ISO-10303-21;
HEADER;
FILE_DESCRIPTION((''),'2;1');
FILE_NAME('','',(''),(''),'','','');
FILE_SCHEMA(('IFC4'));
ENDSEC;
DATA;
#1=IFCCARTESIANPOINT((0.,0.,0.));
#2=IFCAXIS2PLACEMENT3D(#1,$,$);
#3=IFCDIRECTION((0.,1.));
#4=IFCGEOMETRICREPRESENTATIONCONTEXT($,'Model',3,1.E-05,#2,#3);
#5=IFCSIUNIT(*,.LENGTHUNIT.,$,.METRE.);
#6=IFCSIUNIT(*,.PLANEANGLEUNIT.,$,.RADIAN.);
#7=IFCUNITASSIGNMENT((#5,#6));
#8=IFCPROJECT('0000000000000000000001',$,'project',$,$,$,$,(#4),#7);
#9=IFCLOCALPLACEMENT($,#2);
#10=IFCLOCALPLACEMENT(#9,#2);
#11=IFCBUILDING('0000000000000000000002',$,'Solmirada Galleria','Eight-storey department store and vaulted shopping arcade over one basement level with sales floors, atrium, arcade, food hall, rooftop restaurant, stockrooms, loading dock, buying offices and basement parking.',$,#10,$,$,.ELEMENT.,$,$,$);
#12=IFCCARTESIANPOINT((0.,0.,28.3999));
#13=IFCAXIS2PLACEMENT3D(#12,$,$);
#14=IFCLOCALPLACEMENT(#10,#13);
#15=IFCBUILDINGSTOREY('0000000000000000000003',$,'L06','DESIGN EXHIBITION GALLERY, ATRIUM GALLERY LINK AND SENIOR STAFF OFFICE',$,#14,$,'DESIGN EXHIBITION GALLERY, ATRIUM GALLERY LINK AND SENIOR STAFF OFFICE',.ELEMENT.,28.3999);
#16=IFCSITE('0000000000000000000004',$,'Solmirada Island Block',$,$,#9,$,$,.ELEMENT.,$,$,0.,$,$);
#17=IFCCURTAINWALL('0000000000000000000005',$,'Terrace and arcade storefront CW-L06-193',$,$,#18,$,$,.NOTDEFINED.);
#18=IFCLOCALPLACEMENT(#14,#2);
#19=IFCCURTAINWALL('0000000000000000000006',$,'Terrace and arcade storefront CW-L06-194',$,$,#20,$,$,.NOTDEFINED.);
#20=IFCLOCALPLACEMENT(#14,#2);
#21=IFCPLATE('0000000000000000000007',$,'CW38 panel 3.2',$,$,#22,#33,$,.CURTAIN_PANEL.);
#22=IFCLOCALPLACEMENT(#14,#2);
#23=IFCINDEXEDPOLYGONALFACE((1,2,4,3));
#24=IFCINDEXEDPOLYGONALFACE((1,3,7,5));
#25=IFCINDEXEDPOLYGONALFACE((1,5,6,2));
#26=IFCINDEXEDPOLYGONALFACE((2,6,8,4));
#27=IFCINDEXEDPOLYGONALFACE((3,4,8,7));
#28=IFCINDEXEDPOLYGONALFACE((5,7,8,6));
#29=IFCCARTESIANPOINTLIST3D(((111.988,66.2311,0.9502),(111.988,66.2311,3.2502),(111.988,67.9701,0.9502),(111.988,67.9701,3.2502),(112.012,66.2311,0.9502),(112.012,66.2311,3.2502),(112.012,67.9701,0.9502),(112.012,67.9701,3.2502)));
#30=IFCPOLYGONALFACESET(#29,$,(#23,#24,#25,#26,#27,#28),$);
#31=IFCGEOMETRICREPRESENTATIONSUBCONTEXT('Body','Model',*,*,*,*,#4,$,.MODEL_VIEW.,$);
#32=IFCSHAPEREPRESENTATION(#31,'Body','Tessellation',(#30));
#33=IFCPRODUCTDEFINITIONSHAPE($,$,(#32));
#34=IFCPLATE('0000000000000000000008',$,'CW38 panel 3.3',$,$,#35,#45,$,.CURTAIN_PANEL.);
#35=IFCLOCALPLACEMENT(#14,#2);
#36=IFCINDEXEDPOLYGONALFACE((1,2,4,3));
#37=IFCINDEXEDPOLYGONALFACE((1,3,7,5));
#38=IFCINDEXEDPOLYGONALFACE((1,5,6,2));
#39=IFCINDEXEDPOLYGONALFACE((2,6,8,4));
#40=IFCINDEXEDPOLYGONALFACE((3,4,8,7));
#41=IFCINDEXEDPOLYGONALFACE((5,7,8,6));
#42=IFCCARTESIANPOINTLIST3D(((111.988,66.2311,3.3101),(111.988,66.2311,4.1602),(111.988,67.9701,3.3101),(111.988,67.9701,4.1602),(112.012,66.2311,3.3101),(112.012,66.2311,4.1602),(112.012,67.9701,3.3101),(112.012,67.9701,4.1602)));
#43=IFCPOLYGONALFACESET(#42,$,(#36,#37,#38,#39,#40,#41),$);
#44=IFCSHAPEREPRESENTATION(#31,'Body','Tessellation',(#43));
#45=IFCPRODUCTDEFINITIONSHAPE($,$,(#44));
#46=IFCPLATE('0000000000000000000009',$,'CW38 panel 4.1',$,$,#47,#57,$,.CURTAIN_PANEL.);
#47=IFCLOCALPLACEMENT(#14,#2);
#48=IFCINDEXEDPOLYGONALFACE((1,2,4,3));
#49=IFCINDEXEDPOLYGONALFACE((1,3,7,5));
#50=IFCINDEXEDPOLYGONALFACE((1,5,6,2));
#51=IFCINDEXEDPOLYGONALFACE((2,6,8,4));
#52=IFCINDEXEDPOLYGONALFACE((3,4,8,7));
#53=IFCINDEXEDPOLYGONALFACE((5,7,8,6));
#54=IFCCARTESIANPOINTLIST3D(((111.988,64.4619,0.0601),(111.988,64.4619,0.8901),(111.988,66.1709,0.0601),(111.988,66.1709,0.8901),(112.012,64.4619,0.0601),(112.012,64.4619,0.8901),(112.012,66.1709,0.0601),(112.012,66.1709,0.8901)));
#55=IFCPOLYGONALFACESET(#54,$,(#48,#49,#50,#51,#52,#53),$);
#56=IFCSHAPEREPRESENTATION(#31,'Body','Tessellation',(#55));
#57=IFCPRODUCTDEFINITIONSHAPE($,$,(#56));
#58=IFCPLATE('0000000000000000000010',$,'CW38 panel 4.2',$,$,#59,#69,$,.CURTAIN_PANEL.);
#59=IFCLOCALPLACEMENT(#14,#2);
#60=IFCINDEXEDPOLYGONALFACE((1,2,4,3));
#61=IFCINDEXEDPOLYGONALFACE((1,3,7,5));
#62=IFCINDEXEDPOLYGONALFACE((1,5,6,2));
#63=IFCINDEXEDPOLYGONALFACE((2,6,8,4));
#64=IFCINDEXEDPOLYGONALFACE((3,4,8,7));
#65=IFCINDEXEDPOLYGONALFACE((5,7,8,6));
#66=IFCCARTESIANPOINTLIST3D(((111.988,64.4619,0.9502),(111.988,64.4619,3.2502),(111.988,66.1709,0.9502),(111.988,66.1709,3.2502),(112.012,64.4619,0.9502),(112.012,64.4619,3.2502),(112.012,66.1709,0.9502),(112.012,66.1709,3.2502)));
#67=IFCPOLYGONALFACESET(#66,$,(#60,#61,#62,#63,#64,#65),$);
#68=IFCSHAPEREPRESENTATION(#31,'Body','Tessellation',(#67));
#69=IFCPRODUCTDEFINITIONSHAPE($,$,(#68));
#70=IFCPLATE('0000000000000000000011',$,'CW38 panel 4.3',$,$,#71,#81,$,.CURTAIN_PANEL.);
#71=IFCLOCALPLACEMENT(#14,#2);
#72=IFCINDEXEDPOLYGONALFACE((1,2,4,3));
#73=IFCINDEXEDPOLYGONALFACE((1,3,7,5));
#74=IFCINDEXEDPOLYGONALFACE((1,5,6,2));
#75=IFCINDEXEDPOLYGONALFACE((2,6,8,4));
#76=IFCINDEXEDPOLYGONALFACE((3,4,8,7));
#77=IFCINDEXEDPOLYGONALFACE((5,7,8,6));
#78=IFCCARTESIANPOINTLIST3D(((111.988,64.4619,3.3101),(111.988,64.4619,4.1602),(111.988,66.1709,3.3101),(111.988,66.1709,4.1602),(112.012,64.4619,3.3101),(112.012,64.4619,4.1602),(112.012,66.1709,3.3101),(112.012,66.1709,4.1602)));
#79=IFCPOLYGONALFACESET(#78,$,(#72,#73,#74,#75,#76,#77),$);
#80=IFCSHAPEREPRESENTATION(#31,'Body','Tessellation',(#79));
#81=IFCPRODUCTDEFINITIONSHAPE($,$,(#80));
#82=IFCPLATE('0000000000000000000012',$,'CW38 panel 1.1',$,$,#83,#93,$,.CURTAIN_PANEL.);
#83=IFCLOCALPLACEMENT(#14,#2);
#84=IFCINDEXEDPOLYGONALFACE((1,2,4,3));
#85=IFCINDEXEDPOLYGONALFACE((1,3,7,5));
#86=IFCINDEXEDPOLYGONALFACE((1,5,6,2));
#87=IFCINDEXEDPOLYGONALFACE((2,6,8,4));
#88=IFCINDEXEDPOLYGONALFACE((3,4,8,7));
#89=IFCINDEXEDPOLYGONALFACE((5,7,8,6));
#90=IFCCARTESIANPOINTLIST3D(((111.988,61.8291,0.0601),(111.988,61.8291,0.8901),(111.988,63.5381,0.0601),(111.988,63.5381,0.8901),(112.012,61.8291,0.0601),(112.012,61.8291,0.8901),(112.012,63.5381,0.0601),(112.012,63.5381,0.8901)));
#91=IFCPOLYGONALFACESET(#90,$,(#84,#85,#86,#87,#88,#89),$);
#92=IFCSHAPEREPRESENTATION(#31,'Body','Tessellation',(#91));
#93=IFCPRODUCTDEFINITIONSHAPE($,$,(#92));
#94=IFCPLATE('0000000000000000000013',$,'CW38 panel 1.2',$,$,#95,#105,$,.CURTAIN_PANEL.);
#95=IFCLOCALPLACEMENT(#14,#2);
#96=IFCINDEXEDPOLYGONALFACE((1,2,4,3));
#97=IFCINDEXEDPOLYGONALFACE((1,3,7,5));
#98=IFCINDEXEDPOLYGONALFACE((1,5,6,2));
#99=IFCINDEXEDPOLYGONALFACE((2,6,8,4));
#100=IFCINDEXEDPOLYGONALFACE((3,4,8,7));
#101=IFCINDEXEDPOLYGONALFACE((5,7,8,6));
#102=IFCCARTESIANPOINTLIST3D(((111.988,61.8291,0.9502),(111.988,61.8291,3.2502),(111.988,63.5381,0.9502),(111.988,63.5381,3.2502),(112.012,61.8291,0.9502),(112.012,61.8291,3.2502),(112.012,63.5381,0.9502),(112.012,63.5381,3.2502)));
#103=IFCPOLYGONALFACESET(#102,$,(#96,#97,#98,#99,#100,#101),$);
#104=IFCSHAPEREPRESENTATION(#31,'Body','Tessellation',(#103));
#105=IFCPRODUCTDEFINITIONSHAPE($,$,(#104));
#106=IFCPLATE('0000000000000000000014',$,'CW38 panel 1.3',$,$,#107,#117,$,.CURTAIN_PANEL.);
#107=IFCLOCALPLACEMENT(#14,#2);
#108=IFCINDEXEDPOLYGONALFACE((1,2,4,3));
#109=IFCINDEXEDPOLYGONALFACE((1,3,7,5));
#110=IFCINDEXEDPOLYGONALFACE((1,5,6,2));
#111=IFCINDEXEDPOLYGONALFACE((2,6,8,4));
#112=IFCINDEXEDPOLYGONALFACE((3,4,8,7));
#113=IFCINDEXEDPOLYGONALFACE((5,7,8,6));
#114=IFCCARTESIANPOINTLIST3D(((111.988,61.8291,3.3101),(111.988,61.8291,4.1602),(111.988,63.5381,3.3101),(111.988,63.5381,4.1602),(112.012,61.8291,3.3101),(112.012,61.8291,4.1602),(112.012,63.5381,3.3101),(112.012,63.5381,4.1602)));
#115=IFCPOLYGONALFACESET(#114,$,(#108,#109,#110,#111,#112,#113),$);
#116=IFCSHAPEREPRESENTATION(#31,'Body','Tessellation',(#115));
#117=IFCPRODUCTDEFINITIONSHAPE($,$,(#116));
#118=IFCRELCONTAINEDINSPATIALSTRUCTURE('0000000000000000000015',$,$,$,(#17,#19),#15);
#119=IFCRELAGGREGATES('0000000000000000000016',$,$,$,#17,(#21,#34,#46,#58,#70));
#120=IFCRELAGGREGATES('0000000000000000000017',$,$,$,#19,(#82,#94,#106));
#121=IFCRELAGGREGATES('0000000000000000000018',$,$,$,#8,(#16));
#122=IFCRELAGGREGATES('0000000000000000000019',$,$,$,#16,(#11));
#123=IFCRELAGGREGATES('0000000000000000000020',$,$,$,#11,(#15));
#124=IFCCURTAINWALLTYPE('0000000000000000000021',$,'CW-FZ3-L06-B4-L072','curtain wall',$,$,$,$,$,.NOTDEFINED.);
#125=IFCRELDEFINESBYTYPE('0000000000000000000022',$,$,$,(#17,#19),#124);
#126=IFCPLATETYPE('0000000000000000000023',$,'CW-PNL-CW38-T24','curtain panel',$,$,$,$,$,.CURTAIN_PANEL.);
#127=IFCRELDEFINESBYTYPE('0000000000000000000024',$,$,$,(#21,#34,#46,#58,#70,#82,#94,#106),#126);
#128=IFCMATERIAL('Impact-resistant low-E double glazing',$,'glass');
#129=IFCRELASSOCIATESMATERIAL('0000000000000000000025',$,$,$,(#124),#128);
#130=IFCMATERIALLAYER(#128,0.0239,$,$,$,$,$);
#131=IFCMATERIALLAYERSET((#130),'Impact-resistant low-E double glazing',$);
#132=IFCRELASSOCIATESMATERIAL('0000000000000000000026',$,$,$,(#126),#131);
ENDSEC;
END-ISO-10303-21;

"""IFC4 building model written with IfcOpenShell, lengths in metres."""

from ifc_helpers import new_model, si_unit, direction, frame, origin, origin_2d, place, context, subcontext, project, spatial, rectangle, extrude, material, layer, layer_set, type_object, element, aggregate, save


model = new_model("IFC4")

# Units and contexts
model_context = context("Model", 3, precision=1e-05, world=origin(), true_north=direction((0.0, 1.0)))
body_context = subcontext(model_context, "Body", "Model", "MODEL_VIEW")
ifc_project = project(units=[si_unit("LENGTHUNIT", "METRE"), si_unit("PLANEANGLEUNIT", "RADIAN")], contexts=[model_context])

# Site, building, storey
site_placement = place(None, origin())
site = spatial("IfcSite", under=ifc_project, at=site_placement, Name="Solmirada Island Block", CompositionType="ELEMENT", RefElevation=0.0)
building_placement = place(site_placement, origin())
building = spatial("IfcBuilding", under=site, at=building_placement, Name="Solmirada Galleria", Description="Eight-storey department store and vaulted shopping arcade over one basement level with sales floors, atrium, arcade, food hall, rooftop restaurant, stockrooms, loading dock, buying offices and basement parking.", CompositionType="ELEMENT")
storey_placement = place(building_placement, frame((0.0, 0.0, 28.3999)))
storey = spatial("IfcBuildingStorey", under=building, at=storey_placement, Name="L06", Description="DESIGN EXHIBITION GALLERY, ATRIUM GALLERY LINK AND SENIOR STAFF OFFICE", LongName="DESIGN EXHIBITION GALLERY, ATRIUM GALLERY LINK AND SENIOR STAFF OFFICE", CompositionType="ELEMENT", Elevation=28.3999)

# Curtain walls
ifc_material_1 = material(Name="Impact-resistant low-E double glazing", Category="glass")
curtain_wall_type = type_object("IfcCurtainWallType", Name="CW-FZ3-L06-B4-L072", Description="curtain wall", PredefinedType="NOTDEFINED", material=ifc_material_1)
curtain_wall_1_placement = place(storey_placement, origin())
curtain_wall_1 = element("IfcCurtainWall", 1, at=curtain_wall_1_placement, inside=storey, type_object=curtain_wall_type, Name="Terrace and arcade storefront CW-L06-193", PredefinedType="NOTDEFINED")
curtain_wall_2_placement = place(storey_placement, origin())
curtain_wall_2 = element("IfcCurtainWall", 2, at=curtain_wall_2_placement, inside=storey, type_object=curtain_wall_type, Name="Terrace and arcade storefront CW-L06-194", PredefinedType="NOTDEFINED")

# Plates
ifc_layer = layer(ifc_material_1, 0.0239)
ifc_layer_set = layer_set([ifc_layer], Name="Impact-resistant low-E double glazing")
plate_type = type_object("IfcPlateType", Name="CW-PNL-CW38-T24", Description="curtain panel", PredefinedType="CURTAIN_PANEL", material=ifc_layer_set)
plate_1_placement = place(storey_placement, frame((112.0, 67.1006, 0.9502), z_axis=(0.0, 0.0, 1.0), x_axis=(0.0, -1.0, 0.0)))
plate_1 = element("IfcPlate", 3, at=plate_1_placement, type_object=plate_type, Name="CW38 panel 3.2", PredefinedType="CURTAIN_PANEL", context=body_context, shape_type="SweptSolid", body=[
    extrude(rectangle(XDim=1.739, YDim=0.0239, at=origin_2d()), origin(), (0.0, 0.0, 1.0), 2.3),
])
plate_2_placement = place(storey_placement, frame((112.0, 67.1006, 3.3101), z_axis=(0.0, 0.0, 1.0), x_axis=(0.0, -1.0, 0.0)))
plate_2 = element("IfcPlate", 4, at=plate_2_placement, type_object=plate_type, Name="CW38 panel 3.3", PredefinedType="CURTAIN_PANEL", context=body_context, shape_type="SweptSolid", body=[
    extrude(rectangle(XDim=1.739, YDim=0.0239, at=origin_2d()), origin(), (0.0, 0.0, 1.0), 0.8501),
])
plate_3_placement = place(storey_placement, frame((112.0, 65.3164, 0.0601), z_axis=(0.0, 0.0, 1.0), x_axis=(0.0, -1.0, 0.0)))
plate_3 = element("IfcPlate", 5, at=plate_3_placement, type_object=plate_type, Name="CW38 panel 4.1", PredefinedType="CURTAIN_PANEL", context=body_context, shape_type="SweptSolid", body=[
    extrude(rectangle(XDim=1.709, YDim=0.0239, at=origin_2d()), origin(), (0.0, 0.0, 1.0), 0.8301),
])
plate_4_placement = place(storey_placement, frame((112.0, 65.3164, 0.9502), z_axis=(0.0, 0.0, 1.0), x_axis=(0.0, -1.0, 0.0)))
plate_4 = element("IfcPlate", 6, at=plate_4_placement, type_object=plate_type, Name="CW38 panel 4.2", PredefinedType="CURTAIN_PANEL", context=body_context, shape_type="SweptSolid", body=[
    extrude(rectangle(XDim=1.709, YDim=0.0239, at=origin_2d()), origin(), (0.0, 0.0, 1.0), 2.3),
])
plate_5_placement = place(storey_placement, frame((112.0, 65.3164, 3.3101), z_axis=(0.0, 0.0, 1.0), x_axis=(0.0, -1.0, 0.0)))
plate_5 = element("IfcPlate", 7, at=plate_5_placement, type_object=plate_type, Name="CW38 panel 4.3", PredefinedType="CURTAIN_PANEL", context=body_context, shape_type="SweptSolid", body=[
    extrude(rectangle(XDim=1.709, YDim=0.0239, at=origin_2d()), origin(), (0.0, 0.0, 1.0), 0.8501),
])
aggregate(curtain_wall_1, [plate_1, plate_2, plate_3, plate_4, plate_5])
plate_6_placement = place(storey_placement, frame((112.0, 62.6836, 0.0601), z_axis=(0.0, 0.0, 1.0), x_axis=(0.0, -1.0, 0.0)))
plate_6 = element("IfcPlate", 8, at=plate_6_placement, type_object=plate_type, Name="CW38 panel 1.1", PredefinedType="CURTAIN_PANEL", context=body_context, shape_type="SweptSolid", body=[
    extrude(rectangle(XDim=1.709, YDim=0.0239, at=origin_2d()), origin(), (0.0, 0.0, 1.0), 0.8301),
])
plate_7_placement = place(storey_placement, frame((112.0, 62.6836, 0.9502), z_axis=(0.0, 0.0, 1.0), x_axis=(0.0, -1.0, 0.0)))
plate_7 = element("IfcPlate", 9, at=plate_7_placement, type_object=plate_type, Name="CW38 panel 1.2", PredefinedType="CURTAIN_PANEL", context=body_context, shape_type="SweptSolid", body=[
    extrude(rectangle(XDim=1.709, YDim=0.0239, at=origin_2d()), origin(), (0.0, 0.0, 1.0), 2.3),
])
plate_8_placement = place(storey_placement, frame((112.0, 62.6836, 3.3101), z_axis=(0.0, 0.0, 1.0), x_axis=(0.0, -1.0, 0.0)))
plate_8 = element("IfcPlate", 10, at=plate_8_placement, type_object=plate_type, Name="CW38 panel 1.3", PredefinedType="CURTAIN_PANEL", context=body_context, shape_type="SweptSolid", body=[
    extrude(rectangle(XDim=1.709, YDim=0.0239, at=origin_2d()), origin(), (0.0, 0.0, 1.0), 0.8501),
])
aggregate(curtain_wall_2, [plate_6, plate_7, plate_8])

save(model, "model.ifc")
